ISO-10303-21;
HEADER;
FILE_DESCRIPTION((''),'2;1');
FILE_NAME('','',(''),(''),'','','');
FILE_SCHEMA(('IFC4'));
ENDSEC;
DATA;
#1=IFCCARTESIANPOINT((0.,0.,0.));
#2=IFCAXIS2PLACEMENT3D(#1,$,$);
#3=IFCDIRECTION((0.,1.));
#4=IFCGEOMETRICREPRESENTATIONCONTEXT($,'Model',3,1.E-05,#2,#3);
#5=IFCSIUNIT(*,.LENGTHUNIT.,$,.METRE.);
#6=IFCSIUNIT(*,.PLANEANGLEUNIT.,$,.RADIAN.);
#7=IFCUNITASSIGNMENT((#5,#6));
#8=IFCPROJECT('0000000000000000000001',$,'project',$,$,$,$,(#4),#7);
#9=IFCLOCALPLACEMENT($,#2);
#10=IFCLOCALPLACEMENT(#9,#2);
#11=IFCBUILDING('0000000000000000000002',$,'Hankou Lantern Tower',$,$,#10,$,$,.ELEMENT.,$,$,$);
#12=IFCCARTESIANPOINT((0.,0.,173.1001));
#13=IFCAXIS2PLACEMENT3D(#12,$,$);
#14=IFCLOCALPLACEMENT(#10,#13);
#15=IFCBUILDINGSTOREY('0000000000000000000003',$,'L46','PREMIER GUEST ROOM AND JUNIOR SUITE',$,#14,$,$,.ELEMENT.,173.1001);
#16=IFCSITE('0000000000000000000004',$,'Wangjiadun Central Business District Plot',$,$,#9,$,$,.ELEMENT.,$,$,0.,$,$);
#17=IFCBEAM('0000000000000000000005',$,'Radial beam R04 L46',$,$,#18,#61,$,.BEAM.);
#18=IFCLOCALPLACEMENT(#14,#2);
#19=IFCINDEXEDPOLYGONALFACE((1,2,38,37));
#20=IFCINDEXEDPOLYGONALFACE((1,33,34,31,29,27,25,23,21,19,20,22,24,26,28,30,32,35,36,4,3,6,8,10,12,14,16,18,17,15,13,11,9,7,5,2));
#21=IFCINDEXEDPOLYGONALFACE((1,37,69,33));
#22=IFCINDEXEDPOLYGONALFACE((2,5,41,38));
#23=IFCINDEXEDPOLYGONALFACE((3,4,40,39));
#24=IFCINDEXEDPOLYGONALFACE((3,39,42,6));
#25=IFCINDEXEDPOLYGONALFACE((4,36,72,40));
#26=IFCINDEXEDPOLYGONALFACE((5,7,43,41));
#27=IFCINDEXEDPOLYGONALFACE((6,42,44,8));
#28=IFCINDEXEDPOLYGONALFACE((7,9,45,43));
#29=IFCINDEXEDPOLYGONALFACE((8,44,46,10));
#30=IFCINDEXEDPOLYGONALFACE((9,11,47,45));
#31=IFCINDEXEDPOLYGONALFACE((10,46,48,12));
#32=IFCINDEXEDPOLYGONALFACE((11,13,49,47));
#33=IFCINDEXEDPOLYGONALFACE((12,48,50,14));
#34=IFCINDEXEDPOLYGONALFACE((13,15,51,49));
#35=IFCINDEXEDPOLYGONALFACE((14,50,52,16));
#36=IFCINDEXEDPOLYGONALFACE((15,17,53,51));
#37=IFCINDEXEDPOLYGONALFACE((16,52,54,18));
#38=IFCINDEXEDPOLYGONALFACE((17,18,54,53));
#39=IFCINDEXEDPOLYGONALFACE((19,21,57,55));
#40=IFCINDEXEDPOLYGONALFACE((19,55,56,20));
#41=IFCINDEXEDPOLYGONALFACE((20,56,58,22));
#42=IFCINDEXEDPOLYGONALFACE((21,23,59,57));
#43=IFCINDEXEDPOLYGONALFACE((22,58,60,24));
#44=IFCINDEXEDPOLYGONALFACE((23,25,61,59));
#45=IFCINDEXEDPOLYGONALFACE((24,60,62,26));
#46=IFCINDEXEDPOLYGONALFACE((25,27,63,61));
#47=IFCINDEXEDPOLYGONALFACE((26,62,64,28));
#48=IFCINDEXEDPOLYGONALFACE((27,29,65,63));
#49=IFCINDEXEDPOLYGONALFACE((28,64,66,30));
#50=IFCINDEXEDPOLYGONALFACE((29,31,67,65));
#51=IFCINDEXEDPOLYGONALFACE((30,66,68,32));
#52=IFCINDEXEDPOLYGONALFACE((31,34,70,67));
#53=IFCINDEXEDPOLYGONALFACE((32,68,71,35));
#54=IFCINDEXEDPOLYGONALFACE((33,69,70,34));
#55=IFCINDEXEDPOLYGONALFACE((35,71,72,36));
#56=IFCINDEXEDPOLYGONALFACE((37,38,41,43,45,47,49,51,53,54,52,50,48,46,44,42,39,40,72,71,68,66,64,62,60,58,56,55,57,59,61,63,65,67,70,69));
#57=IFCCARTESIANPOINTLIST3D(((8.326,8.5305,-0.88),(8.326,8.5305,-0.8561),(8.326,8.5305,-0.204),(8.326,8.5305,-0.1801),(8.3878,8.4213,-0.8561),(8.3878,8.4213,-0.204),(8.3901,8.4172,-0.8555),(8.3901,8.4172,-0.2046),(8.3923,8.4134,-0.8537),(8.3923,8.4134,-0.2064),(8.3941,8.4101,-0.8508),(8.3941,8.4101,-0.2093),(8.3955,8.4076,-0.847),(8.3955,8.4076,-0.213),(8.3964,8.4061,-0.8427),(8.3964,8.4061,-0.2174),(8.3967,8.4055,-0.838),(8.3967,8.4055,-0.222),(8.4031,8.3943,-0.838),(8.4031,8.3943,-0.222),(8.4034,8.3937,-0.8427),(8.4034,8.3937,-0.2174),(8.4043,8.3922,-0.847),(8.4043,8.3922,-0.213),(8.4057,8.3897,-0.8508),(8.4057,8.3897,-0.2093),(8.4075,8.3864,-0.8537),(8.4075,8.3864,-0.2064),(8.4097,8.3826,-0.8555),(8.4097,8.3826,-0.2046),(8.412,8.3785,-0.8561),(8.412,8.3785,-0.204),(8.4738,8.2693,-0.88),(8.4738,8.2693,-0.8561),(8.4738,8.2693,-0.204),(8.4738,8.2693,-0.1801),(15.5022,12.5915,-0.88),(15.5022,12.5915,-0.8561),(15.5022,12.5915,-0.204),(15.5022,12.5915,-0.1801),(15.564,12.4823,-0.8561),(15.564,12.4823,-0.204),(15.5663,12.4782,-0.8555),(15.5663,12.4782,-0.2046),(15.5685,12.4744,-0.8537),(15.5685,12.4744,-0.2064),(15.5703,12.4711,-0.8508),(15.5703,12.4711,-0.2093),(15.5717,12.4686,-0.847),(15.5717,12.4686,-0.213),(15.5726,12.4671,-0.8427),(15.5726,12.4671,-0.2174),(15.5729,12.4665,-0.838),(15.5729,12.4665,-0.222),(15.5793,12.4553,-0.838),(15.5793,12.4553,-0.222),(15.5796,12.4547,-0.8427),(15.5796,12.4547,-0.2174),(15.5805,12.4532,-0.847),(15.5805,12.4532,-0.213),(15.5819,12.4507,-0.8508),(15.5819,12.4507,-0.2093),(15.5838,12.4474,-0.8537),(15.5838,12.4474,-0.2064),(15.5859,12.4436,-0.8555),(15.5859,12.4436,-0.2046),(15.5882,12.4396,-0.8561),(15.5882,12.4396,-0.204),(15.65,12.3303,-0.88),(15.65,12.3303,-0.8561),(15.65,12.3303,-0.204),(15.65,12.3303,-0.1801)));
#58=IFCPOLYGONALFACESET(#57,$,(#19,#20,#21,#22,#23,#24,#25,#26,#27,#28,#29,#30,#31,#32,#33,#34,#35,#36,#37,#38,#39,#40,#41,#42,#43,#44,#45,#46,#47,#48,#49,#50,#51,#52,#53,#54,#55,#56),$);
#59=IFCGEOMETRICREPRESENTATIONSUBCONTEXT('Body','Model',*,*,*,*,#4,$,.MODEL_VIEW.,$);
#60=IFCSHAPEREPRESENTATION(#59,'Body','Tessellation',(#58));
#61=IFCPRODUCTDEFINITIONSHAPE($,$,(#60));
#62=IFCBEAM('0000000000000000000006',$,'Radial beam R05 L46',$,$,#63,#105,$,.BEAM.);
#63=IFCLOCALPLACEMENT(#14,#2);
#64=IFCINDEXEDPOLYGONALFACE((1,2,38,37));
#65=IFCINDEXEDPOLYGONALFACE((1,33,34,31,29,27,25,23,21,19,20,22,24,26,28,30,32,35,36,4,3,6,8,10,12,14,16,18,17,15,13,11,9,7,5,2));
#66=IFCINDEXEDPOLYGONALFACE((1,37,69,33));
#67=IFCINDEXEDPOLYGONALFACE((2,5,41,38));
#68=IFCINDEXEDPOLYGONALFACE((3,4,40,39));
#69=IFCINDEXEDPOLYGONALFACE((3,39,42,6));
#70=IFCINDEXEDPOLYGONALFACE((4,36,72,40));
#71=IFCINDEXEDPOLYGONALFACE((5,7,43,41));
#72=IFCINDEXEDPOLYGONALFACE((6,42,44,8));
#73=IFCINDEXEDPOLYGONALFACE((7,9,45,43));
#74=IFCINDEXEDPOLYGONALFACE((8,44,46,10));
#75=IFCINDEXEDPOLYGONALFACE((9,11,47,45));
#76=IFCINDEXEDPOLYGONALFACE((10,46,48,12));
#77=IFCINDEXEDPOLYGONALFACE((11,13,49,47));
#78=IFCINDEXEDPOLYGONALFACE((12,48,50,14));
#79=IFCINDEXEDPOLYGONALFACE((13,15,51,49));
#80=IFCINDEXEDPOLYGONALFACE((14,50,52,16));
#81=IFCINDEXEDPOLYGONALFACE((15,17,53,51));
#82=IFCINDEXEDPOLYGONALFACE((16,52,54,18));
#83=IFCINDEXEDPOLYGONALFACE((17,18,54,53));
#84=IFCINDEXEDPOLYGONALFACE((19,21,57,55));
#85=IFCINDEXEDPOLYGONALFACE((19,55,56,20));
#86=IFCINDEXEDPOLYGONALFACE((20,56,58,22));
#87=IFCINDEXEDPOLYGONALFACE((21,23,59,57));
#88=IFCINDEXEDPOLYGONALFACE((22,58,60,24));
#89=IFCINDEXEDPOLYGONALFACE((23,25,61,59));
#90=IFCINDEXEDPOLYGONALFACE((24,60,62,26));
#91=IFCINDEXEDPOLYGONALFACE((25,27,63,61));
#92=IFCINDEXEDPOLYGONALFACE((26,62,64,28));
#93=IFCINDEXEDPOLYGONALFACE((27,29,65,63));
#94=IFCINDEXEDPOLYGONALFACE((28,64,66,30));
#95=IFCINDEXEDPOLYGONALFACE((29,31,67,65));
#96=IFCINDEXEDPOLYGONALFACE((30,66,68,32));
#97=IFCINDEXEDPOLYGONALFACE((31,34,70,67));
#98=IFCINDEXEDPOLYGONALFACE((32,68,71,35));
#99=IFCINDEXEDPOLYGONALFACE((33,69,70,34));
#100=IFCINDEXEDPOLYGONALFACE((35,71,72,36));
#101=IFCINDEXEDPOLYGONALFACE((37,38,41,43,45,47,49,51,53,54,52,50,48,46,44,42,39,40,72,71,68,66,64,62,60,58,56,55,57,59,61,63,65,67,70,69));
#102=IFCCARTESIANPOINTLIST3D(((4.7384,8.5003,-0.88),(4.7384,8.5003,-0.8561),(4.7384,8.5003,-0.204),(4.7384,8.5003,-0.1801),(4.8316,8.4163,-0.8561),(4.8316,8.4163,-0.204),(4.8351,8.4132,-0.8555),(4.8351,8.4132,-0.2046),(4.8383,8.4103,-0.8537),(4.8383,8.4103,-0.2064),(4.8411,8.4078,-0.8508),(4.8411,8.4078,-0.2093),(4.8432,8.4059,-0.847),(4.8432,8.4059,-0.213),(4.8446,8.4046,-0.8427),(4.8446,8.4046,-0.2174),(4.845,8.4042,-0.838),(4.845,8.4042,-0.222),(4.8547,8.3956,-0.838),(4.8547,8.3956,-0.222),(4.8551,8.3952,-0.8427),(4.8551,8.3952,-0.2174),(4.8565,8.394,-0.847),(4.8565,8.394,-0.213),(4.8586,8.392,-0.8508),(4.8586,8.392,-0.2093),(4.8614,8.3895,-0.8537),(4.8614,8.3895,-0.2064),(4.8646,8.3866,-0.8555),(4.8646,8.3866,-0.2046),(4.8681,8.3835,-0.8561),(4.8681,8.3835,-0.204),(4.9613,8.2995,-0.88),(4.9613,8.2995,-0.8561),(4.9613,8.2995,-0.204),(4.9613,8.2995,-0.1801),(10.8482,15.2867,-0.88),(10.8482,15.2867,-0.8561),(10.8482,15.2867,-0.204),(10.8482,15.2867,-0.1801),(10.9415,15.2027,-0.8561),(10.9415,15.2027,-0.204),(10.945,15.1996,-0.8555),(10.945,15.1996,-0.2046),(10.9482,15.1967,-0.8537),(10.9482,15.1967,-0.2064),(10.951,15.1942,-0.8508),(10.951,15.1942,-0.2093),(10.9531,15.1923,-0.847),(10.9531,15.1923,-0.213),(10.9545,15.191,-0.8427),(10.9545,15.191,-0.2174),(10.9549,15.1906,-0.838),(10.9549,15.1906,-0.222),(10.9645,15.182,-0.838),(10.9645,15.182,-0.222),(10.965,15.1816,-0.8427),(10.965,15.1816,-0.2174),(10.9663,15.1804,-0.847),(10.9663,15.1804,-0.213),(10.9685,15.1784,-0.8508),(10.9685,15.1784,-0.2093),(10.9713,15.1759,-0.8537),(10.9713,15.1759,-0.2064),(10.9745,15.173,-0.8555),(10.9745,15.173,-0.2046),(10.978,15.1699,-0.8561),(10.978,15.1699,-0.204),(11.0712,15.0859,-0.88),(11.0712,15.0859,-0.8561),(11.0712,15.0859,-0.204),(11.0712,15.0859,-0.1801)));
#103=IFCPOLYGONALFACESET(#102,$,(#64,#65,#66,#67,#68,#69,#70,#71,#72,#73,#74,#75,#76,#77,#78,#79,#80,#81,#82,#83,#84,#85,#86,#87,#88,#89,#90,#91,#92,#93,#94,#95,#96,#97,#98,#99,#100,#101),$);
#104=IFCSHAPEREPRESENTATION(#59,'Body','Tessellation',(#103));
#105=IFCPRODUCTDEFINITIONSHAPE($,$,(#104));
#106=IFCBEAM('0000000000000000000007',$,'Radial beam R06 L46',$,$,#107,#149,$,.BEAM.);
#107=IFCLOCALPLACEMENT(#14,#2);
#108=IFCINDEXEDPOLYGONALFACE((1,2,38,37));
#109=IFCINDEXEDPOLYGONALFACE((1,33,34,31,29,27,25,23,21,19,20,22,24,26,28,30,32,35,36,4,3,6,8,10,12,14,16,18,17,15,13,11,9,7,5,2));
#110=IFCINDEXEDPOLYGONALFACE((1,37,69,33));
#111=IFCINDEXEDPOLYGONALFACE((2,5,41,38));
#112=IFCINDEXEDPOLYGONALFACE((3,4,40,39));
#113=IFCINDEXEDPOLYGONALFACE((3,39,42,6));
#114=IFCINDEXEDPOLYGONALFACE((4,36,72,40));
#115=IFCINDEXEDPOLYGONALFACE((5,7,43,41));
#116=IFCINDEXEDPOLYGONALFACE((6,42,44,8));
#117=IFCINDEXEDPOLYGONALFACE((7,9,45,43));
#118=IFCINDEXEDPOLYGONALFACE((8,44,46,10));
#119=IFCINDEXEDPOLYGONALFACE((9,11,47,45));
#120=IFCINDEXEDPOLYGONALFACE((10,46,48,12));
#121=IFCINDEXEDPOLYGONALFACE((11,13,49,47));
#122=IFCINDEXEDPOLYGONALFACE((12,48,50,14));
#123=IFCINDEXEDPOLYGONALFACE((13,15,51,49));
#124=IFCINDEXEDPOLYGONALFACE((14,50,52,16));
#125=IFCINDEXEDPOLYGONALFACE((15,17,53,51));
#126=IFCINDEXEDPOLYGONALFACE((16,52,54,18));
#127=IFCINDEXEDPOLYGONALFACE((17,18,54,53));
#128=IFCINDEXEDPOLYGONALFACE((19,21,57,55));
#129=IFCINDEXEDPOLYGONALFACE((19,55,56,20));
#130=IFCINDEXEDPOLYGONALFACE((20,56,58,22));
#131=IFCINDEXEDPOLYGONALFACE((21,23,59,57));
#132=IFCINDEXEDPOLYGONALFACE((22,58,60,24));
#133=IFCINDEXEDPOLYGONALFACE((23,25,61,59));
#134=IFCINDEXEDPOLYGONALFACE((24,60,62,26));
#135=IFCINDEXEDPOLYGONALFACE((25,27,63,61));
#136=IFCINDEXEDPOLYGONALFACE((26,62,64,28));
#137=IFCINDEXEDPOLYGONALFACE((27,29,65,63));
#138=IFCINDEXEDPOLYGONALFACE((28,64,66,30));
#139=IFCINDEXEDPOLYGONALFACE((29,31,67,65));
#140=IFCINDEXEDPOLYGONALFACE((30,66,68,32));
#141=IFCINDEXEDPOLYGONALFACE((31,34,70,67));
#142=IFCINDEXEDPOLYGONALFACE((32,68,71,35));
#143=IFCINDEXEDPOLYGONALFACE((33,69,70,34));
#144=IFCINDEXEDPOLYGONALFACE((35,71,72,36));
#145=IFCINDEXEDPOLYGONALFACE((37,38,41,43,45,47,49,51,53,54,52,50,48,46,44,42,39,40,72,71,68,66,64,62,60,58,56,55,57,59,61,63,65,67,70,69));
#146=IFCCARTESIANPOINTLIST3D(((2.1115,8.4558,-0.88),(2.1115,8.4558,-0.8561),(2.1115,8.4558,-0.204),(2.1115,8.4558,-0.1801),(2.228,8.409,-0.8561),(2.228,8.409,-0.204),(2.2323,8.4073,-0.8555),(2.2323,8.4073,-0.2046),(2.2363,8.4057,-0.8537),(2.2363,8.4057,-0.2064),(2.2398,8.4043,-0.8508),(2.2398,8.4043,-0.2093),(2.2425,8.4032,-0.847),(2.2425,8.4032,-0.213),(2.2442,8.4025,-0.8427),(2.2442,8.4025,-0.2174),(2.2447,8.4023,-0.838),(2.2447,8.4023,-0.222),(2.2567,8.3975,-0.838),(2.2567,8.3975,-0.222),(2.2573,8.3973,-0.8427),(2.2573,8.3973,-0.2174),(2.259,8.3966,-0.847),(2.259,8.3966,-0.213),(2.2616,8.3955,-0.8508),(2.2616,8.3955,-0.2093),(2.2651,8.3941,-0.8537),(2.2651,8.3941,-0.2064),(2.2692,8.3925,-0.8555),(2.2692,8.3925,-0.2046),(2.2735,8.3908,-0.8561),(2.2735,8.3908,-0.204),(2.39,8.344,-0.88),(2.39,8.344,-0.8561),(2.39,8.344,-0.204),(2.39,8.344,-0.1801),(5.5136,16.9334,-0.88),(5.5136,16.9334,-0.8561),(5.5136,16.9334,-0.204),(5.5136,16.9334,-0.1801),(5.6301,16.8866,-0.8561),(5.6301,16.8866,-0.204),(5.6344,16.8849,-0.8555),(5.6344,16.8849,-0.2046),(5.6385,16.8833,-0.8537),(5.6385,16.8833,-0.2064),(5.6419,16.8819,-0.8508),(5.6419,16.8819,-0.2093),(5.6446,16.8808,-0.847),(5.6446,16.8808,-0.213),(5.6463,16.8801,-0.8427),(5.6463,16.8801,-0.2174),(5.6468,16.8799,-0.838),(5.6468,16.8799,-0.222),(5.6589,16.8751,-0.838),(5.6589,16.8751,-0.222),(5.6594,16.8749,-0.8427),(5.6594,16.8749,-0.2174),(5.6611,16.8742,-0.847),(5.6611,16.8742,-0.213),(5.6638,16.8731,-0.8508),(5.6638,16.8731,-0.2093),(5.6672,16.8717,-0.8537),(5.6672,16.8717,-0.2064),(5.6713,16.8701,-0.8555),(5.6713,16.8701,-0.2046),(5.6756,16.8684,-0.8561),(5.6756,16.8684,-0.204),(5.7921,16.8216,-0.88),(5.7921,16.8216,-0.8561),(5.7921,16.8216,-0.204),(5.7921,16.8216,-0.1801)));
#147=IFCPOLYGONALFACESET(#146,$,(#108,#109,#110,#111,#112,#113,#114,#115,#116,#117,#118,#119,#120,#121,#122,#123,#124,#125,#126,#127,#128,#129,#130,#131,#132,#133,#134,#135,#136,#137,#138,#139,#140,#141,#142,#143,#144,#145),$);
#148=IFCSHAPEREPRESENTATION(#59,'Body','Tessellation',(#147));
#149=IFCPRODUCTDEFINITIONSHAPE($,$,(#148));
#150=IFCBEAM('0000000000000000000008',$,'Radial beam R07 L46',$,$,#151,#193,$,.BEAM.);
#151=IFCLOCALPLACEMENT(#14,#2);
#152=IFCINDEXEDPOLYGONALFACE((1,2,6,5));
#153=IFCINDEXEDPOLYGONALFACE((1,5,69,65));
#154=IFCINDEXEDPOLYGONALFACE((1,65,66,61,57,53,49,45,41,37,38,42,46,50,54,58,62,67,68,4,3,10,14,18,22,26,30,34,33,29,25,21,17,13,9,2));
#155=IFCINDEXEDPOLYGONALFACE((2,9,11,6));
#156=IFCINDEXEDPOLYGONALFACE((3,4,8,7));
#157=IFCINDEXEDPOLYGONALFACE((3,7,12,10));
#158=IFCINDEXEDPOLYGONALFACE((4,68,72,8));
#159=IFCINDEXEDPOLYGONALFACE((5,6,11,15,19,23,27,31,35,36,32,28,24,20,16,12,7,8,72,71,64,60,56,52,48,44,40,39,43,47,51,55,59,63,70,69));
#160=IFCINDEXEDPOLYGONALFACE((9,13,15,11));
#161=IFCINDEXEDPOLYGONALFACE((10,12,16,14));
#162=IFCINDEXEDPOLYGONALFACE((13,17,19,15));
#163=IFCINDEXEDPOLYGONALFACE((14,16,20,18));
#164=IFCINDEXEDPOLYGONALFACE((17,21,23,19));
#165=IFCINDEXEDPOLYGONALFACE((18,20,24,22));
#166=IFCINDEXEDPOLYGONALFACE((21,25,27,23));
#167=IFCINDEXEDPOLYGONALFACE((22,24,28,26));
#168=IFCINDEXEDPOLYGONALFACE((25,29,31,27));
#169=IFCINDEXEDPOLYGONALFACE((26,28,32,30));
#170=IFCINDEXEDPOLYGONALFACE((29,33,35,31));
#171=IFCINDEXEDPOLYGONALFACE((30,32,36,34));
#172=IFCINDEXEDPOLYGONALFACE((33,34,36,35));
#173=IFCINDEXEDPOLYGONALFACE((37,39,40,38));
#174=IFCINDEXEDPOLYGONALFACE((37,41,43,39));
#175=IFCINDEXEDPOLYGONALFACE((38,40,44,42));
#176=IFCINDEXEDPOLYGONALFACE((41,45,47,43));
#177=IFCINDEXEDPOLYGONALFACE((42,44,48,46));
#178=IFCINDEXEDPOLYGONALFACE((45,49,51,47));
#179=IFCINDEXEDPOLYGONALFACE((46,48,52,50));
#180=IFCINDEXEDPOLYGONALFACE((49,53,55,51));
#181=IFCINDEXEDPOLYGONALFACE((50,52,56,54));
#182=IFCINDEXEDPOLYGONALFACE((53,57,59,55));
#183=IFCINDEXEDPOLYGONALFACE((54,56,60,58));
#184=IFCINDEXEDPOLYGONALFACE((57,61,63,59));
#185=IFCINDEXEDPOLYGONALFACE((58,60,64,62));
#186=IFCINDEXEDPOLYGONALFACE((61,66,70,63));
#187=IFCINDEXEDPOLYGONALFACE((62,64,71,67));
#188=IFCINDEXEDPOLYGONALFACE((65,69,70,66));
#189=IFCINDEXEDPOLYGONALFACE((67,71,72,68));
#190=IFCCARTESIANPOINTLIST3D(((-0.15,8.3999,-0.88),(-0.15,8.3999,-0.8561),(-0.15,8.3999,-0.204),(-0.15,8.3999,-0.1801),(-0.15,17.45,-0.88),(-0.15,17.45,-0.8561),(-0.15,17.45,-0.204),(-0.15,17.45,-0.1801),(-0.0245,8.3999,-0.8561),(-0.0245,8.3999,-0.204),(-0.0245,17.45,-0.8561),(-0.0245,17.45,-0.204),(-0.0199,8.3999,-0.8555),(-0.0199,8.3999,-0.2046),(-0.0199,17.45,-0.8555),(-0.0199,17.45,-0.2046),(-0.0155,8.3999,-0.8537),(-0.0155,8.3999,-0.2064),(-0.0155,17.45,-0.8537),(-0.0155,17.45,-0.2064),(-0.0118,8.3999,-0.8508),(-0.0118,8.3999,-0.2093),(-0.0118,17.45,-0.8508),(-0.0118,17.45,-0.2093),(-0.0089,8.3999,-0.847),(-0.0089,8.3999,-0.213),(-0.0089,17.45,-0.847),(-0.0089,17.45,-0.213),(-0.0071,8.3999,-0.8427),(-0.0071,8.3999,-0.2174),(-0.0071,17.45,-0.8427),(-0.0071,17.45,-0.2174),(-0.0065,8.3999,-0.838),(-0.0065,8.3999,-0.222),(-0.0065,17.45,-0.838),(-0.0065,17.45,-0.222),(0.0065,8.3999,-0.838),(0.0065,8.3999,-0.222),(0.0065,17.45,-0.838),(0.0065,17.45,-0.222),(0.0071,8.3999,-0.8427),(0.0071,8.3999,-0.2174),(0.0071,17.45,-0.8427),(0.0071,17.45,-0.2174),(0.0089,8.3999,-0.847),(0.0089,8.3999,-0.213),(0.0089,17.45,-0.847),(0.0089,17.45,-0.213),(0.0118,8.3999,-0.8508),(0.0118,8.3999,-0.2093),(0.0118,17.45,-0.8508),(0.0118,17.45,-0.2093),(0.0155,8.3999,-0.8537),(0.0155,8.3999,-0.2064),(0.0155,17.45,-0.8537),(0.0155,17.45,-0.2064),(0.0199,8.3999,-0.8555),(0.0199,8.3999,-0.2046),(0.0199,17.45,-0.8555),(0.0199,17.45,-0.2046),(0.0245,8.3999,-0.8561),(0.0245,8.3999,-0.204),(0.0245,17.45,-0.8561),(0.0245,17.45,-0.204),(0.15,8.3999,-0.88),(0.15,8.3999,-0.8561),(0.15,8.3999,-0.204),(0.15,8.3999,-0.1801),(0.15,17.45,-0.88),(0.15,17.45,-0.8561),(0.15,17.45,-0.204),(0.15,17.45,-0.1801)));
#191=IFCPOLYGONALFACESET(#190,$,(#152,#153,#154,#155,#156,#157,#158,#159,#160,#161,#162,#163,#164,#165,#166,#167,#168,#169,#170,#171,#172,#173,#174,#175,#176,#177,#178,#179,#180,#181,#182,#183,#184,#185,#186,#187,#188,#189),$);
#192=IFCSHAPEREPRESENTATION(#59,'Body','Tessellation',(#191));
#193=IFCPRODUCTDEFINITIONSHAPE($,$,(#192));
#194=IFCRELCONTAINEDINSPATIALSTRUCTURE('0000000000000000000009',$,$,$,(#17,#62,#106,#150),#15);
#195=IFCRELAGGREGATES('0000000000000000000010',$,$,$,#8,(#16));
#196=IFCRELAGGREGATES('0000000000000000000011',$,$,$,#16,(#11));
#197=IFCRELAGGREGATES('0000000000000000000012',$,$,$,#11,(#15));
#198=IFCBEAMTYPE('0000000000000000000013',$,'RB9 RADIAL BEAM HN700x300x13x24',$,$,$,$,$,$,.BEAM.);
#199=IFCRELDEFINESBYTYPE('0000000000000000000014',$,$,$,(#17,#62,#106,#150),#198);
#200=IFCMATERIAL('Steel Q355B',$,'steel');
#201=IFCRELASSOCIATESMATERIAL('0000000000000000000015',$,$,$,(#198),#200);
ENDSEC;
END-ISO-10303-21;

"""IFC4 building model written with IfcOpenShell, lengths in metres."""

from ifc_helpers import new_model, si_unit, direction, frame, origin, origin_2d, place, context, subcontext, project, spatial, i_section, extrude, material, material_profile, profile_set, type_object, element, save


model = new_model("IFC4")

# Units and contexts
model_context = context("Model", 3, precision=1e-05, world=origin(), true_north=direction((0.0, 1.0)))
body_context = subcontext(model_context, "Body", "Model", "MODEL_VIEW")
ifc_project = project(units=[si_unit("LENGTHUNIT", "METRE"), si_unit("PLANEANGLEUNIT", "RADIAN")], contexts=[model_context])

# Site, building, storey
site_placement = place(None, origin())
site = spatial("IfcSite", under=ifc_project, at=site_placement, Name="Wangjiadun Central Business District Plot", CompositionType="ELEMENT", RefElevation=0.0)
building_placement = place(site_placement, origin())
building = spatial("IfcBuilding", under=site, at=building_placement, Name="Hankou Lantern Tower", CompositionType="ELEMENT")
storey_placement = place(building_placement, frame((0.0, 0.0, 173.1001)))
storey = spatial("IfcBuildingStorey", under=building, at=storey_placement, Name="L46", Description="PREMIER GUEST ROOM AND JUNIOR SUITE", CompositionType="ELEMENT", Elevation=173.1001)

# Beams
ifc_material_1 = material(Name="Steel Q355B", Category="steel")
ifc_material_profile_1 = material_profile(ifc_material_1, i_section(OverallWidth=0.3, OverallDepth=0.7, WebThickness=0.0129, FlangeThickness=0.0239, FilletRadius=0.0181, at=origin_2d()), Name="HN700x300x13x24")
ifc_profile_set_1 = profile_set([ifc_material_profile_1], Name="Steel Q355B")
beam_type_1 = type_object("IfcBeamType", Name="RB9 RADIAL BEAM HN700x300x13x24", PredefinedType="BEAM", material=ifc_profile_set_1)
beam_1_placement = place(storey_placement, frame((8.3999, 8.3999, -0.53), z_axis=(0.870309, 0.492506, 0.0), x_axis=(-0.492506, 0.870309, 0.0)))
element("IfcBeam", 1, at=beam_1_placement, inside=storey, type_object=beam_type_1, Name="Radial beam R04 L46", PredefinedType="BEAM", context=body_context, shape_type="SweptSolid", body=[
    extrude(i_section(OverallWidth=0.3, OverallDepth=0.7, WebThickness=0.0129, FlangeThickness=0.0239, FilletRadius=0.0181, at=origin_2d()), origin(), (0.0, 0.0, 1.0), 8.2456),
])
beam_2_placement = place(storey_placement, frame((4.8499, 8.3999, -0.53), z_axis=(0.669093, 0.743178, 0.0), x_axis=(-0.743178, 0.669093, 0.0)))
element("IfcBeam", 2, at=beam_2_placement, inside=storey, type_object=beam_type_1, Name="Radial beam R05 L46", PredefinedType="BEAM", context=body_context, shape_type="SweptSolid", body=[
    extrude(i_section(OverallWidth=0.3, OverallDepth=0.7, WebThickness=0.0129, FlangeThickness=0.0239, FilletRadius=0.0181, at=origin_2d()), origin(), (0.0, 0.0, 1.0), 9.1316),
])
beam_3_placement = place(storey_placement, frame((2.2507, 8.3999, -0.53), z_axis=(0.372436, 0.928058, 0.0), x_axis=(-0.928058, 0.372436, 0.0)))
element("IfcBeam", 3, at=beam_3_placement, inside=storey, type_object=beam_type_1, Name="Radial beam R06 L46", PredefinedType="BEAM", context=body_context, shape_type="SweptSolid", body=[
    extrude(i_section(OverallWidth=0.3, OverallDepth=0.7, WebThickness=0.0129, FlangeThickness=0.0239, FilletRadius=0.0181, at=origin_2d()), origin(), (0.0, 0.0, 1.0), 9.1348),
])
beam_4_placement = place(storey_placement, frame((0.0, 8.3999, -0.53), z_axis=(0.0, 1.0, 0.0), x_axis=(-1.0, 0.0, 0.0)))
element("IfcBeam", 4, at=beam_4_placement, inside=storey, type_object=beam_type_1, Name="Radial beam R07 L46", PredefinedType="BEAM", context=body_context, shape_type="SweptSolid", body=[
    extrude(i_section(OverallWidth=0.3, OverallDepth=0.7, WebThickness=0.0129, FlangeThickness=0.0239, FilletRadius=0.0181, at=origin_2d()), origin(), (0.0, 0.0, 1.0), 9.05),
])

save(model, "model.ifc")
